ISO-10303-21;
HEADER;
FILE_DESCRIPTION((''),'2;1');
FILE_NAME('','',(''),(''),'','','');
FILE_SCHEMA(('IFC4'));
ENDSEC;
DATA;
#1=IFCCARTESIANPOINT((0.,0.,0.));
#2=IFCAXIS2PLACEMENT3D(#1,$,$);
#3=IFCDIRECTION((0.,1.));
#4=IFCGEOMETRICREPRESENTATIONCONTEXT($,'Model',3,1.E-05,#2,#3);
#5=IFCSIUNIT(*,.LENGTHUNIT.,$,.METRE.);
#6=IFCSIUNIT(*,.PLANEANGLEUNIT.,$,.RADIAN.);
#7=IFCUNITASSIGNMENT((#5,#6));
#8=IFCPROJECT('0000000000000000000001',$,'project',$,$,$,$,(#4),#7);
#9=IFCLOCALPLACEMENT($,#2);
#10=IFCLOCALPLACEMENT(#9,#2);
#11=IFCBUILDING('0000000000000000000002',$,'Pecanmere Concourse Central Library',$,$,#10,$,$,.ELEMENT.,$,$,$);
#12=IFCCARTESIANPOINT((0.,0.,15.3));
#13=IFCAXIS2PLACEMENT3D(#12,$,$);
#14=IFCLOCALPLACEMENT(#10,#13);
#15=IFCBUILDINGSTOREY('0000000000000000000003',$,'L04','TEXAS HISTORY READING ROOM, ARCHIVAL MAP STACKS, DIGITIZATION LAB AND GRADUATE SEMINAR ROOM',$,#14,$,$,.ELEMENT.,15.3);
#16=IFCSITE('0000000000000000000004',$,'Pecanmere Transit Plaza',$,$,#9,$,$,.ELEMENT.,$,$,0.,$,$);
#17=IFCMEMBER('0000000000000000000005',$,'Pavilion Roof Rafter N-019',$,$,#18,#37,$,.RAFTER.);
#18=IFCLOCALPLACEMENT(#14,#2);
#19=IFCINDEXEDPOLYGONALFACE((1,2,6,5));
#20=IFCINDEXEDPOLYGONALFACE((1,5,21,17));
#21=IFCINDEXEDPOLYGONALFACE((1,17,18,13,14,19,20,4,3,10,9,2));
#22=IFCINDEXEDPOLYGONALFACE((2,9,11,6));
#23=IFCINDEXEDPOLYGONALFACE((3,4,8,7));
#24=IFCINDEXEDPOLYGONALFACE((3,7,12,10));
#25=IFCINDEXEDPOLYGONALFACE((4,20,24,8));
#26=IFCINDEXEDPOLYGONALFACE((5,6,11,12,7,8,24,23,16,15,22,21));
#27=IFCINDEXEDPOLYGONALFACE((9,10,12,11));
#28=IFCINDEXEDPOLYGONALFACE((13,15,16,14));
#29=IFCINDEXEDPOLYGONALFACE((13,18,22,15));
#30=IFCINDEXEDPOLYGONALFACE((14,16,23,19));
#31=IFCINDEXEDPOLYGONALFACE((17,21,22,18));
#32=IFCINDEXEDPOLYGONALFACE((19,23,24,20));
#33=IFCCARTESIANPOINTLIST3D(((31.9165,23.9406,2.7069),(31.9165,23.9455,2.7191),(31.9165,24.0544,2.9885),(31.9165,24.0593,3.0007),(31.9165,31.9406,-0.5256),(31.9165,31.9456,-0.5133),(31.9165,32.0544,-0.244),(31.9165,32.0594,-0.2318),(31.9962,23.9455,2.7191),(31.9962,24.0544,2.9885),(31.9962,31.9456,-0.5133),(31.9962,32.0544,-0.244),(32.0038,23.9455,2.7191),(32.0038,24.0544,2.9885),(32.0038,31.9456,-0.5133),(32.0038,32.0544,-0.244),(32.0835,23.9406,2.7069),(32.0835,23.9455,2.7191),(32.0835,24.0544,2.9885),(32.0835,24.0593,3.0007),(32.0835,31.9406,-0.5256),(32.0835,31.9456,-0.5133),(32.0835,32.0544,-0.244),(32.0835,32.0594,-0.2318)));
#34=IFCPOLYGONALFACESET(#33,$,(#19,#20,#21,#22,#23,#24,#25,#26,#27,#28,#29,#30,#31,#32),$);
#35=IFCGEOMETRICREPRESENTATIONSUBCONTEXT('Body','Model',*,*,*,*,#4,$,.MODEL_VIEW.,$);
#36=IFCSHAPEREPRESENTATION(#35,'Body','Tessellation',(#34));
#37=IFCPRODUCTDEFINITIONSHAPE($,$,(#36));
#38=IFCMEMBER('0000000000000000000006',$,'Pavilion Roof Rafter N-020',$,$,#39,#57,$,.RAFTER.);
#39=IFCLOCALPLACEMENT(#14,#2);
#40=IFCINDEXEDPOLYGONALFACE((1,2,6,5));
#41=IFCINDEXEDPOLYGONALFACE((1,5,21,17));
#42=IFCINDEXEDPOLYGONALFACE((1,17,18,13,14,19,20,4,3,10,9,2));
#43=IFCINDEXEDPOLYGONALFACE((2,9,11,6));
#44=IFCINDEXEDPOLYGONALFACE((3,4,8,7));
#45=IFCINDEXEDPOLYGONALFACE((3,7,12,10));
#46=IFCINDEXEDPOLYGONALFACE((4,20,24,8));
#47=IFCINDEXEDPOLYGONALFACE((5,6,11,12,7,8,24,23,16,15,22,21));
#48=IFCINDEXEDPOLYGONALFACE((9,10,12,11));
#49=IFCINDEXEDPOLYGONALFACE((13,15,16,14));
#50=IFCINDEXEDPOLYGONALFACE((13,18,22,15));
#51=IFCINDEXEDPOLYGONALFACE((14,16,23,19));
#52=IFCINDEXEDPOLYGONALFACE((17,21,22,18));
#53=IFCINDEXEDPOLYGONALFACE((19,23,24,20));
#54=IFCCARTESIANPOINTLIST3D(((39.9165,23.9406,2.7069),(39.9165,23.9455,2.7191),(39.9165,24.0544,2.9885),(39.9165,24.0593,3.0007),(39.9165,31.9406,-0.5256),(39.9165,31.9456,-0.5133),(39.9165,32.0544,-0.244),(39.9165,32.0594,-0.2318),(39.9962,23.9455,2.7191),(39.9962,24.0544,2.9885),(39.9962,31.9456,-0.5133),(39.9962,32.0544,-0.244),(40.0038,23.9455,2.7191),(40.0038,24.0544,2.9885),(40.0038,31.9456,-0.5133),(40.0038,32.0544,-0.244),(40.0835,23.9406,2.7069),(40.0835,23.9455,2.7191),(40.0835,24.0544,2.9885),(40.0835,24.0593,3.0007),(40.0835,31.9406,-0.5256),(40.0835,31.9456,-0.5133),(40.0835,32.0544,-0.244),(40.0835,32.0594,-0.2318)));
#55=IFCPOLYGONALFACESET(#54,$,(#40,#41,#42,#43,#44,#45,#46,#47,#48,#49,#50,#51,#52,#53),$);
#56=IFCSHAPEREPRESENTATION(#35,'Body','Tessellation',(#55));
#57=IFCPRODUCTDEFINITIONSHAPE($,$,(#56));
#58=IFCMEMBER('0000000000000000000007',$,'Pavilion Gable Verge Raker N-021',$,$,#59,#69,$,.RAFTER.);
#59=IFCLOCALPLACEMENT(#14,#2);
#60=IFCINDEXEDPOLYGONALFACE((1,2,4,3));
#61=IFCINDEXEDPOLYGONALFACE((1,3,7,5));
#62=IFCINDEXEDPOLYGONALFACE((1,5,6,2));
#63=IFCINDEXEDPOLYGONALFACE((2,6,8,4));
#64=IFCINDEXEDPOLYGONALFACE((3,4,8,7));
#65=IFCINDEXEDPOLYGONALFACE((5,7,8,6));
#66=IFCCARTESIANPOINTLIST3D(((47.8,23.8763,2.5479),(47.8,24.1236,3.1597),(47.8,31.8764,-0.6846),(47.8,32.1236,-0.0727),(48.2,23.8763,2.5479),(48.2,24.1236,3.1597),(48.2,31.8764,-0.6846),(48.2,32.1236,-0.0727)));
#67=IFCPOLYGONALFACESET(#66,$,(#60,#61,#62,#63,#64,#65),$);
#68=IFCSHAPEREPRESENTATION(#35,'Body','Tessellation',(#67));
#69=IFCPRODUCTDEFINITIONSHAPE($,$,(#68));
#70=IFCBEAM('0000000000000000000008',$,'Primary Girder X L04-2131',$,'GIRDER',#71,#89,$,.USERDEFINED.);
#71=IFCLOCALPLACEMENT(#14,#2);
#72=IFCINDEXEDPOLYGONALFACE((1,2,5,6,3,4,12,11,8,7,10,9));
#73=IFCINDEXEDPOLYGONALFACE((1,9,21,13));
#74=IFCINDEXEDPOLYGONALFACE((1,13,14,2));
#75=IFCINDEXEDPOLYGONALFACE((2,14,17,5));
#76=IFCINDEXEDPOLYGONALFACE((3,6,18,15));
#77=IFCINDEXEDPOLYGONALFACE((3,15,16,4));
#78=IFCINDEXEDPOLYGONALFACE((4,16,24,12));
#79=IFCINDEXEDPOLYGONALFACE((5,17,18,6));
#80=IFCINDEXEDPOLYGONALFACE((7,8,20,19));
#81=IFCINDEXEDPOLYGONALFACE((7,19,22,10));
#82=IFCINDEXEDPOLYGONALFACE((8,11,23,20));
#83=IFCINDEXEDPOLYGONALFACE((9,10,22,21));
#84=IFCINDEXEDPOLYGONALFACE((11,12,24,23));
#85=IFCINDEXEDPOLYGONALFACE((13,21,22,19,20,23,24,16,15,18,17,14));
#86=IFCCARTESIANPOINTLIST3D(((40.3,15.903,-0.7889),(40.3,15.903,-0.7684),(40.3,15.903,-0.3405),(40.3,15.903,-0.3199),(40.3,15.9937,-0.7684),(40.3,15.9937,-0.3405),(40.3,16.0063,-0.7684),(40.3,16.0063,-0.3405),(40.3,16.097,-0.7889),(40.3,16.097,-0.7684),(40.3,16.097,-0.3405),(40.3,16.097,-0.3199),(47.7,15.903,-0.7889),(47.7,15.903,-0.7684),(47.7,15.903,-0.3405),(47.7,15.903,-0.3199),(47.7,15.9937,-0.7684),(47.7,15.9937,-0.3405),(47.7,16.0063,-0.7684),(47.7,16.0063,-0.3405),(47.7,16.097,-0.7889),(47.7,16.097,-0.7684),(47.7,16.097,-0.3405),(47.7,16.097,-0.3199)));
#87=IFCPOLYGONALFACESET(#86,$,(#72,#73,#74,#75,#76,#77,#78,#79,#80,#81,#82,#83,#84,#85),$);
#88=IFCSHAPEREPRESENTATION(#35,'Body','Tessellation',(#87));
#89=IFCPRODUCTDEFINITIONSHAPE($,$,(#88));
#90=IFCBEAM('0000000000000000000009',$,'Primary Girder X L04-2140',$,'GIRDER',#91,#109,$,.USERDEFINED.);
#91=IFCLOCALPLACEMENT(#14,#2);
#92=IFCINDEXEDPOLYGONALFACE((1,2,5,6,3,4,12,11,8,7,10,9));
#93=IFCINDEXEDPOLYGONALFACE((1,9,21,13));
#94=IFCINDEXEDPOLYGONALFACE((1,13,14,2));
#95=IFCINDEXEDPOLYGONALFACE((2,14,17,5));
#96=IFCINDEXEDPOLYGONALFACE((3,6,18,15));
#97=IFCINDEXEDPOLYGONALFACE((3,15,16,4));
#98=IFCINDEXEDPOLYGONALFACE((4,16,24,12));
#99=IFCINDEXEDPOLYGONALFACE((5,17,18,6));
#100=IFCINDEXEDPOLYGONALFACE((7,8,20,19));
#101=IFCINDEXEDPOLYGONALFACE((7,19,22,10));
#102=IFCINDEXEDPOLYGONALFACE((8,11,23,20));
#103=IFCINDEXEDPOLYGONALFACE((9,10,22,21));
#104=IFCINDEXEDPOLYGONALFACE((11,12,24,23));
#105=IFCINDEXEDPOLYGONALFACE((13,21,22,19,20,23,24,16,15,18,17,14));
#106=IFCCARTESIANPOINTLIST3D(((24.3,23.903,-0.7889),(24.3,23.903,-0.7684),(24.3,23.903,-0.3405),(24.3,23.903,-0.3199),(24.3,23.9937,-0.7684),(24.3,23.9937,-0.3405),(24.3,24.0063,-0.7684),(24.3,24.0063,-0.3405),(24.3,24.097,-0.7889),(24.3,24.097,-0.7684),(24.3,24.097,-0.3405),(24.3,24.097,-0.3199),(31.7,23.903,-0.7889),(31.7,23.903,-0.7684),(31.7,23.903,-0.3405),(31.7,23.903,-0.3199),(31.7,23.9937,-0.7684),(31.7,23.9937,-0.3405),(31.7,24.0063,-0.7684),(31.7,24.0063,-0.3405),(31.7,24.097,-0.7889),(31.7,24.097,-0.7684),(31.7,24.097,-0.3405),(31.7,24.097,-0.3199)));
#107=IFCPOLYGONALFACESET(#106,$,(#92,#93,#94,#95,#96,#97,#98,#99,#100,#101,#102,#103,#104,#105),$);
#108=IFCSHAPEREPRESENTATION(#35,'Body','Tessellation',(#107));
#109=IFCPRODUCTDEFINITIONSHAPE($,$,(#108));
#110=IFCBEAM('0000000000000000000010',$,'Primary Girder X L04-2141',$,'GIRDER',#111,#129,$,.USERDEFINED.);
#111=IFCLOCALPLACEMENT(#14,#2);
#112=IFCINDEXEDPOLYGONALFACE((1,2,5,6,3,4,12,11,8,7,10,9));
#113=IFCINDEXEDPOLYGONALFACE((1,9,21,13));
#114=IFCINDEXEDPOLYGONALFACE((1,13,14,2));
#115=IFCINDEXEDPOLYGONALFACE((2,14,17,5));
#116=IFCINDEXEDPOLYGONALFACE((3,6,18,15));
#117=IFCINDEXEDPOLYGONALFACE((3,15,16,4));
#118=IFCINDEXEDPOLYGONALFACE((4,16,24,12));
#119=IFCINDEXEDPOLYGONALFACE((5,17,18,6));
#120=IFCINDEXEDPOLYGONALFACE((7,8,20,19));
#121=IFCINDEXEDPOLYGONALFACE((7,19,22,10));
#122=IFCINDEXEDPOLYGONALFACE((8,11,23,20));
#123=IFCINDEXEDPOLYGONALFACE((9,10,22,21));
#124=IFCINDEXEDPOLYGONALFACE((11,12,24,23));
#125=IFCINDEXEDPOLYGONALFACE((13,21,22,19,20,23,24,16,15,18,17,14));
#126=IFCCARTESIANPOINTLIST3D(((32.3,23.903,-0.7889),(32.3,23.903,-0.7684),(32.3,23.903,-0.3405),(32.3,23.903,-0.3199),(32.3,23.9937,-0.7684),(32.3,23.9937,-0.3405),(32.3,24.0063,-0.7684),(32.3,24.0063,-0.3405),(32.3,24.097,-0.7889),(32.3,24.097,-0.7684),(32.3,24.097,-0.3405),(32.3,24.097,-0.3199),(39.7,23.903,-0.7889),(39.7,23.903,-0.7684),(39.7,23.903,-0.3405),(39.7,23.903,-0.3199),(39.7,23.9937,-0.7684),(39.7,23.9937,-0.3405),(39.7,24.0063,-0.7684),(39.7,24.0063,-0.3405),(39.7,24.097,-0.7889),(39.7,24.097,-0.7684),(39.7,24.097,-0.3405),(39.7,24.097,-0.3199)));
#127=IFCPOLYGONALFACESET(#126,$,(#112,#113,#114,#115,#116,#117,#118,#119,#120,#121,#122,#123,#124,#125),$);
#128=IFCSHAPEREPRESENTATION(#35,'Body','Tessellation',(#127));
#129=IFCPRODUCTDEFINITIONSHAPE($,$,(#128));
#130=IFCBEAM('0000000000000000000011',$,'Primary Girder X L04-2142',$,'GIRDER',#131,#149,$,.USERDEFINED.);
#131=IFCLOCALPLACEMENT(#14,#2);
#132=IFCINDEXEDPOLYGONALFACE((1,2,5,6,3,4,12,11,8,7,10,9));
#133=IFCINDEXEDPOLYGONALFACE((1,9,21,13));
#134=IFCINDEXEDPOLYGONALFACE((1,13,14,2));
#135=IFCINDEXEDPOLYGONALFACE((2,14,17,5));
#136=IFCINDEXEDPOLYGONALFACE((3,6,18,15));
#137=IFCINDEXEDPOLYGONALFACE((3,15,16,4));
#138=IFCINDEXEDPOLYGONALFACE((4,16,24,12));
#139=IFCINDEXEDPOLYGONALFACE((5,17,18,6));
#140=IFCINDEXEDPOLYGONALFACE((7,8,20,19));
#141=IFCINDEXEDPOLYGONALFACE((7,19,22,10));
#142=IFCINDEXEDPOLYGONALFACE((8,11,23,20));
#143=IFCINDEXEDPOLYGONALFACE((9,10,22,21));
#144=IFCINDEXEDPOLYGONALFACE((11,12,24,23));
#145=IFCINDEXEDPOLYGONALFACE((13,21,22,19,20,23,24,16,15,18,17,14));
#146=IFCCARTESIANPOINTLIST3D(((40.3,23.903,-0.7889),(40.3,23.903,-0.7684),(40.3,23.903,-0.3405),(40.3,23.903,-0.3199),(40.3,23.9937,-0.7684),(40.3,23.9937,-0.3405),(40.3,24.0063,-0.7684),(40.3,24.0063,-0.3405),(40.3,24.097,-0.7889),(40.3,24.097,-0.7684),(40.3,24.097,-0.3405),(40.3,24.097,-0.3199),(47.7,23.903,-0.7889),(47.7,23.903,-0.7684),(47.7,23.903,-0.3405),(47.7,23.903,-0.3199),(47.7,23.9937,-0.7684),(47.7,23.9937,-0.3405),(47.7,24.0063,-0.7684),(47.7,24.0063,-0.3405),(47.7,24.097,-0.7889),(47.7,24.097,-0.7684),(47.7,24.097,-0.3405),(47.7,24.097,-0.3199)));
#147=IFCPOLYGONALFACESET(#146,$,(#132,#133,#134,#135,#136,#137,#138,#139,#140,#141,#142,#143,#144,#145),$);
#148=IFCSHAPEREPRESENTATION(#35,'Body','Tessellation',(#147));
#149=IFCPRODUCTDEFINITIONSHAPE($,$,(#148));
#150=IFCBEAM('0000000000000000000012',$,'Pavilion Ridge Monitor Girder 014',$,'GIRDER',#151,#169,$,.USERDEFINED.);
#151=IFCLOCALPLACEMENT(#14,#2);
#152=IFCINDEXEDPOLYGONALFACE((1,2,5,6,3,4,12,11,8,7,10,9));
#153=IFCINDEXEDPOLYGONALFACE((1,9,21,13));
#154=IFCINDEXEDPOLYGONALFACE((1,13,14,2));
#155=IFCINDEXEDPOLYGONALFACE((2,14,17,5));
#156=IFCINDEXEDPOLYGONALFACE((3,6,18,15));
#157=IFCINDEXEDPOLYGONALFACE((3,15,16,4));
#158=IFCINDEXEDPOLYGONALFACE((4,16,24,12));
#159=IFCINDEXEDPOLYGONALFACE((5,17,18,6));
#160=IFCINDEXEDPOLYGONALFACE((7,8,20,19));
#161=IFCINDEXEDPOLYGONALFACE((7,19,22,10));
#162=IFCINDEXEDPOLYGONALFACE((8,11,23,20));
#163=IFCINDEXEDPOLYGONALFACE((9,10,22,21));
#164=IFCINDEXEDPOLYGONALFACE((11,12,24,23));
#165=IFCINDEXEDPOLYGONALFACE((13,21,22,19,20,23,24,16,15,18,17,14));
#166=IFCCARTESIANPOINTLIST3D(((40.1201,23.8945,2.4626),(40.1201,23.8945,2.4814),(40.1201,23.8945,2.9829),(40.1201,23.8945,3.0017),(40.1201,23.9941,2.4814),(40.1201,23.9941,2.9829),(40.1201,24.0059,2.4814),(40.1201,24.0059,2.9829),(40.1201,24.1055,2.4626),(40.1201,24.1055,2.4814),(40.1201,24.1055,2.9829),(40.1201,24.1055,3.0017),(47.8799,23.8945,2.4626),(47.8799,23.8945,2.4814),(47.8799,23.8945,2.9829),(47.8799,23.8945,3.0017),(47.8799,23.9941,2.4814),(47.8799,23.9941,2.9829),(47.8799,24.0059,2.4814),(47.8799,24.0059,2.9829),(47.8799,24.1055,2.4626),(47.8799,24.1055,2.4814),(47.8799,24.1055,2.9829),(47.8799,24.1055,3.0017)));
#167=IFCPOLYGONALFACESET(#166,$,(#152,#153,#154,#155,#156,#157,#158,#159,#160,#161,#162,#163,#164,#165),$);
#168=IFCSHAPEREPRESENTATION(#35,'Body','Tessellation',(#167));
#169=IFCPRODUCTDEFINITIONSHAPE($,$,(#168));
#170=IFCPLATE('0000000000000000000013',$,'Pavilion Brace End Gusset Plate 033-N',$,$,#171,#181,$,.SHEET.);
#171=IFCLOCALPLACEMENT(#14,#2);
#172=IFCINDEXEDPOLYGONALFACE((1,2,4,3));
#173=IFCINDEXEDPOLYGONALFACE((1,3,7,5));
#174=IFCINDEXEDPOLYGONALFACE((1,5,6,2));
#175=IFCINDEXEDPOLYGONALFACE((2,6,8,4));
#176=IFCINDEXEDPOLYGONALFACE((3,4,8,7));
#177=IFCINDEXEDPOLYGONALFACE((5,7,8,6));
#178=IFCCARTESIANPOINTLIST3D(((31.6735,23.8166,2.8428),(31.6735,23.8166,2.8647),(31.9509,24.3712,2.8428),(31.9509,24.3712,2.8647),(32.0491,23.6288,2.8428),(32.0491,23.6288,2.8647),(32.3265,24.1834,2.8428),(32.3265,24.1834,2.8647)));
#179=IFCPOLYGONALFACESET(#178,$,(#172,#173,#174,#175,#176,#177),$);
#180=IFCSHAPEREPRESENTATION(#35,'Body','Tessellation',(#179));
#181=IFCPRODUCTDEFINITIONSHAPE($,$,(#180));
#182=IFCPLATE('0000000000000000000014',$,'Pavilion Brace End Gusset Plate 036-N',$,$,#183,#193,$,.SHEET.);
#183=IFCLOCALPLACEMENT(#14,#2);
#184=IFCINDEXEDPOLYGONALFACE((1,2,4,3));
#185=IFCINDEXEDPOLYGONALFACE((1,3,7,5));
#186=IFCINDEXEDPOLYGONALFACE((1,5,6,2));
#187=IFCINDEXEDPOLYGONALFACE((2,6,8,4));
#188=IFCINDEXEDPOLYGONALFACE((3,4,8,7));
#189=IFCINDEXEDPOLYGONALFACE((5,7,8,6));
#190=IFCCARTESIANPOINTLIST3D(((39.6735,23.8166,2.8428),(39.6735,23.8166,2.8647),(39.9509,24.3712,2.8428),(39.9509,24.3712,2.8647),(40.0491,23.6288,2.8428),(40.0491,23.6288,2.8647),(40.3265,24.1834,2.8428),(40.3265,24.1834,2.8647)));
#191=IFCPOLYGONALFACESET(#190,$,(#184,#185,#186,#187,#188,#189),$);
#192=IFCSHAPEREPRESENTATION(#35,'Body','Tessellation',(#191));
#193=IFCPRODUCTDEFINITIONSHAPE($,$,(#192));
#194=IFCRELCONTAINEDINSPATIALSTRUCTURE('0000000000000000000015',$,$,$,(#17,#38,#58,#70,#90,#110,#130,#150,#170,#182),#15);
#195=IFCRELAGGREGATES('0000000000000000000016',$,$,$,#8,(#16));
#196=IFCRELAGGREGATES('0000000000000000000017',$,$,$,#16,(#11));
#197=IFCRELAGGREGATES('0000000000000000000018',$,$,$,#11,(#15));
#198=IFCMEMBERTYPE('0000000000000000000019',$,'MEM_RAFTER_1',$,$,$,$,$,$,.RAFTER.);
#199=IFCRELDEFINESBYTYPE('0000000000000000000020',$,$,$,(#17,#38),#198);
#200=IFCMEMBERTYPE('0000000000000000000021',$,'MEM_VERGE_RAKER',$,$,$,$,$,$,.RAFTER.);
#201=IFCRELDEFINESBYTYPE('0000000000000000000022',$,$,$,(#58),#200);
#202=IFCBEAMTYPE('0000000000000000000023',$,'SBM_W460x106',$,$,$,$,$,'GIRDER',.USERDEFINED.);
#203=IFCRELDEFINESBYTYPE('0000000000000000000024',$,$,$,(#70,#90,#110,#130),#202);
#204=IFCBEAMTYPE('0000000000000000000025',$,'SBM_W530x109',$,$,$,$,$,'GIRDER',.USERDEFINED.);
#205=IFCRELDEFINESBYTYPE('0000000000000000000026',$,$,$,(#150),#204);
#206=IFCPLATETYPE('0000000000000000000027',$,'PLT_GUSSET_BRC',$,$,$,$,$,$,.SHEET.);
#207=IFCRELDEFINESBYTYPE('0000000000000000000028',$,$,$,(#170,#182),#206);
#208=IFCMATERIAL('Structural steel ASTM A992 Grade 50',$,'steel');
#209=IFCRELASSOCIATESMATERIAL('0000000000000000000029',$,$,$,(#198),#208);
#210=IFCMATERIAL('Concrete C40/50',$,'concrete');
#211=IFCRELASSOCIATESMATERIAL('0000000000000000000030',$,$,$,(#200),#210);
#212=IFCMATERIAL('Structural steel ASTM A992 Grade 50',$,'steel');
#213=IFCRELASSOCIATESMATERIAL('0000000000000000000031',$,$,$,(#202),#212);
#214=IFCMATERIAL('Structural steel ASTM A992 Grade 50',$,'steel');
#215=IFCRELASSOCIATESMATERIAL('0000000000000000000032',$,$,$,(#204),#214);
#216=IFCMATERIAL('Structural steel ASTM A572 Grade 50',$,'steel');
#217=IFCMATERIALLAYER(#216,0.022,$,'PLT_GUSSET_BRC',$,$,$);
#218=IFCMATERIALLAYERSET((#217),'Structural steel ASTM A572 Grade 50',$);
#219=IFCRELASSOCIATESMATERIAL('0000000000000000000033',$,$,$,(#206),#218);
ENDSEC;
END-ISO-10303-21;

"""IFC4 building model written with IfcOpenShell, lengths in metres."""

from ifc_helpers import new_model, si_unit, direction, frame, origin, origin_2d, place, context, subcontext, project, spatial, rectangle, i_section, extrude, material, layer, layer_set, material_profile, profile_set, type_object, element, save


model = new_model("IFC4")

# Units and contexts
model_context = context("Model", 3, precision=1e-05, world=origin(), true_north=direction((0.0, 1.0)))
body_context = subcontext(model_context, "Body", "Model", "MODEL_VIEW")
ifc_project = project(units=[si_unit("LENGTHUNIT", "METRE"), si_unit("PLANEANGLEUNIT", "RADIAN")], contexts=[model_context])

# Site, building, storey
site_placement = place(None, origin())
site = spatial("IfcSite", under=ifc_project, at=site_placement, Name="Pecanmere Transit Plaza", CompositionType="ELEMENT", RefElevation=0.0)
building_placement = place(site_placement, origin())
building = spatial("IfcBuilding", under=site, at=building_placement, Name="Pecanmere Concourse Central Library", CompositionType="ELEMENT")
storey_placement = place(building_placement, frame((0.0, 0.0, 15.3)))
storey = spatial("IfcBuildingStorey", under=building, at=storey_placement, Name="L04", Description="TEXAS HISTORY READING ROOM, ARCHIVAL MAP STACKS, DIGITIZATION LAB AND GRADUATE SEMINAR ROOM", CompositionType="ELEMENT", Elevation=15.3)

# Members
ifc_material_1 = material(Name="Structural steel ASTM A992 Grade 50", Category="steel")
ifc_material_profile_1 = material_profile(ifc_material_1, i_section(OverallWidth=0.167, OverallDepth=0.3169, WebThickness=0.0076, FlangeThickness=0.0132, at=origin_2d()), Name="W310x52")
ifc_profile_set_1 = profile_set([ifc_material_profile_1], Name="Structural steel ASTM A992 Grade 50")
member_type_1 = type_object("IfcMemberType", Name="MEM_RAFTER_1", PredefinedType="RAFTER", material=ifc_profile_set_1)
for number, where, z_axis, x_axis, name in (
    (1, (32.0, 32.0, -0.3787), (0.0, -0.927175, 0.374628), (1.0, 0.0, 0.0), "Pavilion Roof Rafter N-019"),
    (2, (40.0, 32.0, -0.3787), (0.0, -0.927175, 0.374628), (1.0, 0.0, 0.0), "Pavilion Roof Rafter N-020"),
):
    element("IfcMember", number, at=place(storey_placement, frame(where, z_axis=z_axis, x_axis=x_axis)), inside=storey, type_object=member_type_1, Name=name, PredefinedType="RAFTER", context=body_context, shape_type="SweptSolid", body=[
        extrude(i_section(OverallWidth=0.167, OverallDepth=0.3169, WebThickness=0.0076, FlangeThickness=0.0132, at=origin_2d()), origin(), (0.0, 0.0, 1.0), 8.6284),
    ])
ifc_material_2 = material(Name="Concrete C40/50", Category="concrete")
ifc_material_profile_2 = material_profile(ifc_material_2, rectangle(XDim=0.3999, YDim=0.6599, at=origin_2d()), Name="RC 400x660")
ifc_profile_set_2 = profile_set([ifc_material_profile_2], Name="Concrete C40/50")
member_type_2 = type_object("IfcMemberType", Name="MEM_VERGE_RAKER", PredefinedType="RAFTER", material=ifc_profile_set_2)
member_1_placement = place(storey_placement, frame((48.0, 32.0, -0.3787), z_axis=(0.0, -0.927175, 0.374628), x_axis=(1.0, 0.0, 0.0)))
element("IfcMember", 3, at=member_1_placement, inside=storey, type_object=member_type_2, Name="Pavilion Gable Verge Raker N-021", PredefinedType="RAFTER", context=body_context, shape_type="SweptSolid", body=[
    extrude(rectangle(XDim=0.3999, YDim=0.6599, at=origin_2d()), origin(), (0.0, 0.0, 1.0), 8.6284),
])

# Beams
ifc_material_3 = material(Name="Structural steel ASTM A992 Grade 50", Category="steel")
ifc_material_profile_3 = material_profile(ifc_material_3, i_section(OverallWidth=0.1941, OverallDepth=0.469, WebThickness=0.0127, FlangeThickness=0.0205, at=origin_2d()), Name="W460x106")
ifc_profile_set_3 = profile_set([ifc_material_profile_3], Name="Structural steel ASTM A992 Grade 50")
beam_type_1 = type_object("IfcBeamType", Name="SBM_W460x106", ElementType="GIRDER", PredefinedType="USERDEFINED", material=ifc_profile_set_3)
for number, where, z_axis, x_axis, name in (
    (4, (40.3, 16.0, -0.5544), (1.0, 0.0, 0.0), (0.0, 1.0, 0.0), "Primary Girder X L04-2131"),
    (5, (24.3, 24.0, -0.5544), (1.0, 0.0, 0.0), (0.0, 1.0, 0.0), "Primary Girder X L04-2140"),
    (6, (32.3, 24.0, -0.5544), (1.0, 0.0, 0.0), (0.0, 1.0, 0.0), "Primary Girder X L04-2141"),
    (7, (40.3, 24.0, -0.5544), (1.0, 0.0, 0.0), (0.0, 1.0, 0.0), "Primary Girder X L04-2142"),
):
    element("IfcBeam", number, at=place(storey_placement, frame(where, z_axis=z_axis, x_axis=x_axis)), inside=storey, type_object=beam_type_1, Name=name, ObjectType="GIRDER", PredefinedType="USERDEFINED", context=body_context, shape_type="SweptSolid", body=[
        extrude(i_section(OverallWidth=0.1941, OverallDepth=0.469, WebThickness=0.0127, FlangeThickness=0.0205, at=origin_2d()), origin(), (0.0, 0.0, 1.0), 7.3999),
    ])
ifc_material_4 = material(Name="Structural steel ASTM A992 Grade 50", Category="steel")
ifc_material_profile_4 = material_profile(ifc_material_4, i_section(OverallWidth=0.2109, OverallDepth=0.5391, WebThickness=0.0117, FlangeThickness=0.0188, at=origin_2d()), Name="W530x109")
ifc_profile_set_4 = profile_set([ifc_material_profile_4], Name="Structural steel ASTM A992 Grade 50")
beam_type_2 = type_object("IfcBeamType", Name="SBM_W530x109", ElementType="GIRDER", PredefinedType="USERDEFINED", material=ifc_profile_set_4)
beam_placement = place(storey_placement, frame((40.1201, 24.0, 2.7322), z_axis=(1.0, 0.0, 0.0), x_axis=(0.0, 1.0, 0.0)))
element("IfcBeam", 8, at=beam_placement, inside=storey, type_object=beam_type_2, Name="Pavilion Ridge Monitor Girder 014", ObjectType="GIRDER", PredefinedType="USERDEFINED", context=body_context, shape_type="SweptSolid", body=[
    extrude(i_section(OverallWidth=0.2109, OverallDepth=0.5391, WebThickness=0.0117, FlangeThickness=0.0188, at=origin_2d()), origin(), (0.0, 0.0, 1.0), 7.7598),
])

# Plates
ifc_material_5 = material(Name="Structural steel ASTM A572 Grade 50", Category="steel")
ifc_layer_1 = layer(ifc_material_5, 0.022, Name="PLT_GUSSET_BRC")
ifc_layer_set_1 = layer_set([ifc_layer_1], Name="Structural steel ASTM A572 Grade 50")
plate_type = type_object("IfcPlateType", Name="PLT_GUSSET_BRC", PredefinedType="SHEET", material=ifc_layer_set_1)
for number, where, z_axis, x_axis, name in (
    (9, (32.0, 24.0, 2.8428), (0.0, 0.0, 1.0), (0.447291, 0.894389, 0.0), "Pavilion Brace End Gusset Plate 033-N"),
    (10, (40.0, 24.0, 2.8428), (0.0, 0.0, 1.0), (0.447291, 0.894389, 0.0), "Pavilion Brace End Gusset Plate 036-N"),
):
    element("IfcPlate", number, at=place(storey_placement, frame(where, z_axis=z_axis, x_axis=x_axis)), inside=storey, type_object=plate_type, Name=name, PredefinedType="SHEET", context=body_context, shape_type="SweptSolid", body=[
        extrude(rectangle(XDim=0.6201, YDim=0.4199, at=origin_2d()), origin(), (0.0, 0.0, 1.0), 0.022),
    ])

save(model, "model.ifc")
